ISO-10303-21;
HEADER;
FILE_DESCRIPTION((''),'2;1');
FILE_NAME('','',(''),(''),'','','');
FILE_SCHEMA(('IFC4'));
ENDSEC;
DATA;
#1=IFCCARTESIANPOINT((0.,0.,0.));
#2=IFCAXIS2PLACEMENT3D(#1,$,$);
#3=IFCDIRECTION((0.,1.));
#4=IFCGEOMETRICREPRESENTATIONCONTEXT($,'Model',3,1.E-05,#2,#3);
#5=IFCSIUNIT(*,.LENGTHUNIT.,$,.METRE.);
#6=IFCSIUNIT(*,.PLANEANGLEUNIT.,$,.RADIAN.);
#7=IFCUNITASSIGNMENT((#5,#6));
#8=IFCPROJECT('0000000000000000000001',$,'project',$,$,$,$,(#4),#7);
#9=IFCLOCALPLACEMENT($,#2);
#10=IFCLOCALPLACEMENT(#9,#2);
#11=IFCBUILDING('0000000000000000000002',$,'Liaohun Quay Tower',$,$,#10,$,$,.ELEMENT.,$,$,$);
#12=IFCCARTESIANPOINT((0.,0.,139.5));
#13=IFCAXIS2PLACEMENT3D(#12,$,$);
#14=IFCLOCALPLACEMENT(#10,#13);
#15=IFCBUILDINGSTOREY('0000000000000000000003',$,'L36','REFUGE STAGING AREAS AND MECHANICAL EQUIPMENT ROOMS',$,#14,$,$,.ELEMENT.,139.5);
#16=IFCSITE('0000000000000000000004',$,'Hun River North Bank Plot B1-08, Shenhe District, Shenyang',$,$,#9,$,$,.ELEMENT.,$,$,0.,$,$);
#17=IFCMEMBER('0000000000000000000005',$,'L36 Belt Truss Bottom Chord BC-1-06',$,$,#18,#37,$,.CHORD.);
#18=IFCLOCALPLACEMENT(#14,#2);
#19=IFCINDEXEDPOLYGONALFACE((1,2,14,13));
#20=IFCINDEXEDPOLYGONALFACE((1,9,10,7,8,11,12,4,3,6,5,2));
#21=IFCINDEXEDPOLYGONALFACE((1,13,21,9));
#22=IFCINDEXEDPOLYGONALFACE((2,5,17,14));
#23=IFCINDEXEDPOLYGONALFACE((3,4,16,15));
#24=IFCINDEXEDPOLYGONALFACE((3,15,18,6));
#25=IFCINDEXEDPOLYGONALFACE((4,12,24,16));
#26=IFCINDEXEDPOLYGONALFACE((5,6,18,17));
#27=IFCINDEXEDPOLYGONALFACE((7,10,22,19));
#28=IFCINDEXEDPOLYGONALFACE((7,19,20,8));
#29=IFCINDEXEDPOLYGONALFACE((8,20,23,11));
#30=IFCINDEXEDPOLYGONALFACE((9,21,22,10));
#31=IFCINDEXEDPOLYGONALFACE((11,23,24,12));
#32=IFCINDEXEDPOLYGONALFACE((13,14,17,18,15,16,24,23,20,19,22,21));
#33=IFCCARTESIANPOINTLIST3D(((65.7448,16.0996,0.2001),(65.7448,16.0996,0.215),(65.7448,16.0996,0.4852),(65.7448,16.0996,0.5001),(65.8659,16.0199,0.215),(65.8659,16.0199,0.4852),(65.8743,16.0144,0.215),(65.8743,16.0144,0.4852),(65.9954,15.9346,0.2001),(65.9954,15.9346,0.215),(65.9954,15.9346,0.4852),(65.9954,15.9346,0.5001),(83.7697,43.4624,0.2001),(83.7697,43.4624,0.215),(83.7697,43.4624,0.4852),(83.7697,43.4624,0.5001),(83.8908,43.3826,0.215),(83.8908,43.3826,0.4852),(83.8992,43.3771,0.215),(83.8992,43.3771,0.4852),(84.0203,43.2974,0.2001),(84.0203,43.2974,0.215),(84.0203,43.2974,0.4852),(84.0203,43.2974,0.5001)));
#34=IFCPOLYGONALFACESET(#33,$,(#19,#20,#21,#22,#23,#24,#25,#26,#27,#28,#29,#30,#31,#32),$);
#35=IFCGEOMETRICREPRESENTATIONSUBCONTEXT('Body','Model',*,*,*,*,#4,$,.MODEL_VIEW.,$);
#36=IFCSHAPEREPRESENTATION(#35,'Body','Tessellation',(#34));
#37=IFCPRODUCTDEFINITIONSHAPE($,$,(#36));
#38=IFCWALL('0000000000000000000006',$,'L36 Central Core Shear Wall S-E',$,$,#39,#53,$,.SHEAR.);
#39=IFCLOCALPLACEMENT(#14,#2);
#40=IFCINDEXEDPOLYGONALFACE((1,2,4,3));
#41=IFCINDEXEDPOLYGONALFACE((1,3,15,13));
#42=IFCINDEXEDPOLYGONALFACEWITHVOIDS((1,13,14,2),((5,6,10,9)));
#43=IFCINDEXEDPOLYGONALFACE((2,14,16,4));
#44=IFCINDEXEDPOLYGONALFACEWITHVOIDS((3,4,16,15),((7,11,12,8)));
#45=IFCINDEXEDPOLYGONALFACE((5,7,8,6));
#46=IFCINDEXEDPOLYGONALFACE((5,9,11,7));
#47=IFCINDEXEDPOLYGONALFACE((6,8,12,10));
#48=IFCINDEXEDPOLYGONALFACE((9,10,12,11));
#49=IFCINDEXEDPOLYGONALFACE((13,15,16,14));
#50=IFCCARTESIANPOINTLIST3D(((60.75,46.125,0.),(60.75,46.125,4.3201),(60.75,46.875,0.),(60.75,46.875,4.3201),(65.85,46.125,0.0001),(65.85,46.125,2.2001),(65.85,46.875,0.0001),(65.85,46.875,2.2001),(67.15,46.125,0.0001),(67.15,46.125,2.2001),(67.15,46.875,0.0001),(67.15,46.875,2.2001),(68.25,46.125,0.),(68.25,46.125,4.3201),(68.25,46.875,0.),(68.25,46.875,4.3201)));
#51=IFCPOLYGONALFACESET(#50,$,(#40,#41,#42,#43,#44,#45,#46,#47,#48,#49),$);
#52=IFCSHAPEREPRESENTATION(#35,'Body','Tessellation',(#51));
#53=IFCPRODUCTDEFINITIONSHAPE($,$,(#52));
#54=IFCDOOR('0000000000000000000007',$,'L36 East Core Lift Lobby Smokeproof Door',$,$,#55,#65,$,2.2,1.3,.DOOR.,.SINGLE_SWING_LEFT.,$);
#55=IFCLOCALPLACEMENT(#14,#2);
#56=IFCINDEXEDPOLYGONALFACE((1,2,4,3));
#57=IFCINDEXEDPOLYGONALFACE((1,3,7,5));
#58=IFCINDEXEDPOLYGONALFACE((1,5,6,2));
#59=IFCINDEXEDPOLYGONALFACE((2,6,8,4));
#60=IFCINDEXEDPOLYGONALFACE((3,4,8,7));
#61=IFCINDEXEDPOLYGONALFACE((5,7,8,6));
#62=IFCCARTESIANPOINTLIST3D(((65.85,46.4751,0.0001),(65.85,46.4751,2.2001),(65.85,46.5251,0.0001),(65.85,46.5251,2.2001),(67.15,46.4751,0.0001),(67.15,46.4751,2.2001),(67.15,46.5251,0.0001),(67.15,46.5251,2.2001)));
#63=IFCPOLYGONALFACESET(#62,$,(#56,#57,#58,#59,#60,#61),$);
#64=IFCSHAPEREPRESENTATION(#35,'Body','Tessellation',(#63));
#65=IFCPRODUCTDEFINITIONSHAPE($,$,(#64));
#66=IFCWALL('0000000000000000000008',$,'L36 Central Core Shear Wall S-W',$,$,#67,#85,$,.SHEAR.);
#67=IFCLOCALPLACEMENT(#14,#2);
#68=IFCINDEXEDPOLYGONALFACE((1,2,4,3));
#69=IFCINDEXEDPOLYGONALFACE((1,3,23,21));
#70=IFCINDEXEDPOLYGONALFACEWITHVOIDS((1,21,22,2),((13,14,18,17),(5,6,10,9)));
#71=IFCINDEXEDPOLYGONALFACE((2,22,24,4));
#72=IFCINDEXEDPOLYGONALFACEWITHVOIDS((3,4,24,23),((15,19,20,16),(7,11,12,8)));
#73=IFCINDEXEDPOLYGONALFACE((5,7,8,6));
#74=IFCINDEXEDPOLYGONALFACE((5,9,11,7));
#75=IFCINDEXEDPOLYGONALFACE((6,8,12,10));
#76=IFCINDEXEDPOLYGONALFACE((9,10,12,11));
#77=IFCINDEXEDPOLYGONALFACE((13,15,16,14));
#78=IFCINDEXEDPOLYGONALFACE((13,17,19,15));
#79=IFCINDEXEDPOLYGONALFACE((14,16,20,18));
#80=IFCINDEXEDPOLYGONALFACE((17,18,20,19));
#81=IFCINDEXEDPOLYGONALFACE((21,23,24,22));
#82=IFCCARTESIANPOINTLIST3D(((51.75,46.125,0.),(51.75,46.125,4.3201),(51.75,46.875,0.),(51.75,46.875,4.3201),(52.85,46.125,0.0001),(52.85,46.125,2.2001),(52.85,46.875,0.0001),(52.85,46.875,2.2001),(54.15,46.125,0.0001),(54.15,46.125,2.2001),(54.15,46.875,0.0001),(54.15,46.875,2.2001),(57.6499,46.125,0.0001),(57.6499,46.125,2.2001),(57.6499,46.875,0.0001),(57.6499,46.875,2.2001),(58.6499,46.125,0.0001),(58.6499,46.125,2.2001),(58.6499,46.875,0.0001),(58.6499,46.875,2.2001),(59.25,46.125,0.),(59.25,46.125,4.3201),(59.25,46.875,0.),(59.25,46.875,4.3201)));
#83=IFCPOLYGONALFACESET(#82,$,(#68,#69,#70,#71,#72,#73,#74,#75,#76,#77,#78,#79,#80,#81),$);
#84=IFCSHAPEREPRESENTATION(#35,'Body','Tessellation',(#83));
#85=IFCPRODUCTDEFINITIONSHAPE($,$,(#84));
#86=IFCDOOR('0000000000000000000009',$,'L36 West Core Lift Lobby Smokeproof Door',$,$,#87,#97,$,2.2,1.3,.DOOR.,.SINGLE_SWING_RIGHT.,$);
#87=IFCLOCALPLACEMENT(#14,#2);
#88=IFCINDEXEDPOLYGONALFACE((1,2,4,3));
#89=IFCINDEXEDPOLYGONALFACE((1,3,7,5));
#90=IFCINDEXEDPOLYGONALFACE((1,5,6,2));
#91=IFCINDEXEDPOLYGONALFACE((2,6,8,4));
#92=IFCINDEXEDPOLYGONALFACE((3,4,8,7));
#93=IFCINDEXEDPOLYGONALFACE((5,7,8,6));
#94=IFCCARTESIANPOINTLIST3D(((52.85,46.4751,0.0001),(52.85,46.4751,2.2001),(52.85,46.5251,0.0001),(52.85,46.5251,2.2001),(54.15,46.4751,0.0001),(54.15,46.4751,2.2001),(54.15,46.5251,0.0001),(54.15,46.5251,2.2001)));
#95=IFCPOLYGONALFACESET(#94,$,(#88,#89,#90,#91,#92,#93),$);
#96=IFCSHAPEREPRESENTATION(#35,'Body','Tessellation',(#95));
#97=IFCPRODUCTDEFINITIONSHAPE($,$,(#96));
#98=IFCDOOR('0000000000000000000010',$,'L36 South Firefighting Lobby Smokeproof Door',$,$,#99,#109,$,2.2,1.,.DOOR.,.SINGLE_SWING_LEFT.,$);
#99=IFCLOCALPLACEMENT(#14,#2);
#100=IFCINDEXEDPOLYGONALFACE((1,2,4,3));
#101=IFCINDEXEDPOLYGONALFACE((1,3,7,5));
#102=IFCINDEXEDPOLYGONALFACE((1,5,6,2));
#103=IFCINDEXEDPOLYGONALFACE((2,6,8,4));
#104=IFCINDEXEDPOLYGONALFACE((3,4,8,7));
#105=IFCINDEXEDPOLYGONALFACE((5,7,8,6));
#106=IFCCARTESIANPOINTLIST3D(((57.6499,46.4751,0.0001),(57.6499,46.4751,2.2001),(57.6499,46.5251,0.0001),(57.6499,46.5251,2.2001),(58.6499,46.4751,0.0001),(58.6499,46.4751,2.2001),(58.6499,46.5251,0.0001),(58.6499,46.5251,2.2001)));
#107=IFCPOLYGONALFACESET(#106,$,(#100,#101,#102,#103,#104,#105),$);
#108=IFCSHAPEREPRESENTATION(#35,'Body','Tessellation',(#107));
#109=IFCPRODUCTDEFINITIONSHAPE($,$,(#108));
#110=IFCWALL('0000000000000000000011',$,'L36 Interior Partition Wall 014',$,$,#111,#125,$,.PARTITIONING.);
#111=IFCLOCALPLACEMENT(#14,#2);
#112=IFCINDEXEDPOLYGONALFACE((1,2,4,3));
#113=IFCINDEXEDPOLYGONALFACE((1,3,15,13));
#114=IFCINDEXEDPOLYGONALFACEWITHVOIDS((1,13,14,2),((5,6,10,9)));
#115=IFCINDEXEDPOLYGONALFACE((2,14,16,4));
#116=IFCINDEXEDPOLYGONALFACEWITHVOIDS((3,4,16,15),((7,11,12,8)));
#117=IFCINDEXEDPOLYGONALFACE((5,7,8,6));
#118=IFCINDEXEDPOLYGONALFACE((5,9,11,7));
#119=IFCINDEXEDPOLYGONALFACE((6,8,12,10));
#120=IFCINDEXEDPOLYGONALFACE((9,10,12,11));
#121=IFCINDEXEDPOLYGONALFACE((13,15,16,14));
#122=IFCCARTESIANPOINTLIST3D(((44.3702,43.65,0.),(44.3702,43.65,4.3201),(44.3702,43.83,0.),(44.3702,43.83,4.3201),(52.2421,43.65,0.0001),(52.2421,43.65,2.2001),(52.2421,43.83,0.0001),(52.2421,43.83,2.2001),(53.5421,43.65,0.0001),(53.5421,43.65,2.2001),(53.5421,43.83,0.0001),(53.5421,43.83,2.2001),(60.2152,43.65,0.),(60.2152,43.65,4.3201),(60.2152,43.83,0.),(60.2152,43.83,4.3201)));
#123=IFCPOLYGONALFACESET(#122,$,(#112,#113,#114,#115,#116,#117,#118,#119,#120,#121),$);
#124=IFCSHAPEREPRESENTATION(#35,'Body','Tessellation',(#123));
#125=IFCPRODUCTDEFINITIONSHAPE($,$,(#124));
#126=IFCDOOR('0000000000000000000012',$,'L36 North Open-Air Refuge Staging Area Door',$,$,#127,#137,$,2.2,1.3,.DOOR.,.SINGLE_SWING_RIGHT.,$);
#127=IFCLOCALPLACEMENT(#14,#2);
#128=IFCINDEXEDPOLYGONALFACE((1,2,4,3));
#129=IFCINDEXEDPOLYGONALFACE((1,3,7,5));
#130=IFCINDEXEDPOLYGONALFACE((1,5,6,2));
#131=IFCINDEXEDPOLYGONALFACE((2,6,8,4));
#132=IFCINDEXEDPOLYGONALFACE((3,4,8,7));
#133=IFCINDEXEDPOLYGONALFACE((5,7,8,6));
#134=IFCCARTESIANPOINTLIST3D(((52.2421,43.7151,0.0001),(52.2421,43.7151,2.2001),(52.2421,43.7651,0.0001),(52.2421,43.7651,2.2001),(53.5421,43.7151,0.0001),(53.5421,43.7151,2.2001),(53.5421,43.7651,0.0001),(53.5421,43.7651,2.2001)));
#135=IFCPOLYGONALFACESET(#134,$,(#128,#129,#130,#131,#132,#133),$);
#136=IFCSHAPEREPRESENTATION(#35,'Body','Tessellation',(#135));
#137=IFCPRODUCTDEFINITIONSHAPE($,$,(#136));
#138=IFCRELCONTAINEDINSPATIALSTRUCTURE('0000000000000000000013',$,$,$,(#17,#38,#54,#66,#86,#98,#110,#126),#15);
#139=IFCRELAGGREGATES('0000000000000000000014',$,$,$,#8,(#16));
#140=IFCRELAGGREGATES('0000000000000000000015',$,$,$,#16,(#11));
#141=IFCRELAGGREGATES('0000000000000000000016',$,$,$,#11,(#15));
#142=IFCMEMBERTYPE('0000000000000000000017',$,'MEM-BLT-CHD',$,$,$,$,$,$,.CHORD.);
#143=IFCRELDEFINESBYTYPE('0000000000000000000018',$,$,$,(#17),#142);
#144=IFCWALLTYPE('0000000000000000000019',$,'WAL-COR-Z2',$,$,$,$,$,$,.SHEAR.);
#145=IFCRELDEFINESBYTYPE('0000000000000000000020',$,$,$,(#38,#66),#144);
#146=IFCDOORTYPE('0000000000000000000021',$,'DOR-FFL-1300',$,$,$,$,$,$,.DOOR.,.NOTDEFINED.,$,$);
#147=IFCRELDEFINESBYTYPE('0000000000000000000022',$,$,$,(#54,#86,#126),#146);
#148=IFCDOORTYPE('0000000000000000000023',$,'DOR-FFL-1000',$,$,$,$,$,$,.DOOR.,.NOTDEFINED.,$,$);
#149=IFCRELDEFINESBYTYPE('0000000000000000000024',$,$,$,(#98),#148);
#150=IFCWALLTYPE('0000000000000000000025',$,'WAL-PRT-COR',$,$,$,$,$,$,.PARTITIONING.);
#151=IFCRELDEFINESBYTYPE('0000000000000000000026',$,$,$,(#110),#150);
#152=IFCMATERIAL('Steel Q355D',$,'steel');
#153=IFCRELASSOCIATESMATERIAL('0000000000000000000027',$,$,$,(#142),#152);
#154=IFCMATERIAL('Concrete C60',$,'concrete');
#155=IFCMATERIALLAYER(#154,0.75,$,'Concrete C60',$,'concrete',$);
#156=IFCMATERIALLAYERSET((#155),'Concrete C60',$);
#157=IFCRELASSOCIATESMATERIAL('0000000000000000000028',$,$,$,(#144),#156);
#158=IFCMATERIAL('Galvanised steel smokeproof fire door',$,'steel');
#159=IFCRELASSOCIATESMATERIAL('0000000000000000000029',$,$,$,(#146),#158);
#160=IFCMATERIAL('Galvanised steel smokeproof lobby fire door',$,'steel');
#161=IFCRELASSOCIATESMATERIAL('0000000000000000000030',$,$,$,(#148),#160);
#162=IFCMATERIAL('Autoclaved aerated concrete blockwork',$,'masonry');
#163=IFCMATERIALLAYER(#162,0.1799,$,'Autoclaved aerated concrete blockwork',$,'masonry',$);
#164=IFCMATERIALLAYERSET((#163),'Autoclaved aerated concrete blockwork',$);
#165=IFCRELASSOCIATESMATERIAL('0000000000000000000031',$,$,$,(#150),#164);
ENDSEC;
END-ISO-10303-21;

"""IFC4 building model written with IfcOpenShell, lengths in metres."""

from ifc_helpers import new_model, si_unit, direction, frame, frame_2d, origin, origin_2d, place, context, subcontext, project, spatial, rectangle, i_section, extrude, source, transform, mapped, material, layer, layer_set, material_profile, profile_set, type_object, element, fill, save


model = new_model("IFC4")

# Units and contexts
model_context = context("Model", 3, precision=1e-05, world=origin(), true_north=direction((0.0, 1.0)))
body_context = subcontext(model_context, "Body", "Model", "MODEL_VIEW")
ifc_project = project(units=[si_unit("LENGTHUNIT", "METRE"), si_unit("PLANEANGLEUNIT", "RADIAN")], contexts=[model_context])

# Site, building, storey
site_placement = place(None, origin())
site = spatial("IfcSite", under=ifc_project, at=site_placement, Name="Hun River North Bank Plot B1-08, Shenhe District, Shenyang", CompositionType="ELEMENT", RefElevation=0.0)
building_placement = place(site_placement, origin())
building = spatial("IfcBuilding", under=site, at=building_placement, Name="Liaohun Quay Tower", CompositionType="ELEMENT")
storey_placement = place(building_placement, frame((0.0, 0.0, 139.5)))
storey = spatial("IfcBuildingStorey", under=building, at=storey_placement, Name="L36", Description="REFUGE STAGING AREAS AND MECHANICAL EQUIPMENT ROOMS", CompositionType="ELEMENT", Elevation=139.5)

# Shared definitions
ifc_material_1 = material(Name="Concrete C60", Category="concrete")

# Shared definitions
ifc_material_2 = material(Name="Steel Q355D", Category="steel")

# Member
ifc_material_profile_1 = material_profile(ifc_material_2, i_section(OverallWidth=0.3, OverallDepth=0.3, WebThickness=0.01, FlangeThickness=0.0149, at=origin_2d()), Name="HW300x300x10x15")
ifc_profile_set_1 = profile_set([ifc_material_profile_1], Name="Steel Q355D")
member_type = type_object("IfcMemberType", Name="MEM-BLT-CHD", PredefinedType="CHORD", material=ifc_profile_set_1)
shared_shape_1 = source(origin(), body_context, "Body", "SweptSolid", [
    extrude(i_section(OverallWidth=0.3, OverallDepth=0.3, WebThickness=0.01, FlangeThickness=0.0149, at=origin_2d()), origin(), (0.0, 0.0, 1.0), 32.7661),
])
member_placement = place(storey_placement, frame((83.895, 43.3799, 0.3501), z_axis=(-0.550108, -0.835094, 0.0), x_axis=(0.835094, -0.550108, 0.0)))
element("IfcMember", 1, at=member_placement, inside=storey, type_object=member_type, Name="L36 Belt Truss Bottom Chord BC-1-06", PredefinedType="CHORD", context=body_context, shape_type="MappedRepresentation", body=[
    mapped(shared_shape_1, transform((0.0, 0.0, 0.0), x_axis=(1.0, 0.0, 0.0), y_axis=(0.0, 1.0, 0.0), z_axis=(0.0, 0.0, 1.0), scale=1.0)),
])

# Wall, opening, door
ifc_layer_1 = layer(ifc_material_1, 0.75, Name="Concrete C60", Category="concrete")
ifc_layer_set_1 = layer_set([ifc_layer_1], Name="Concrete C60")
wall_type_1 = type_object("IfcWallType", Name="WAL-COR-Z2", PredefinedType="SHEAR", material=ifc_layer_set_1)
wall_1_placement = place(storey_placement, frame((68.25, 46.5, 0.0), z_axis=(0.0, 0.0, 1.0), x_axis=(-1.0, 0.0, 0.0)))
wall_1 = element("IfcWall", 2, at=wall_1_placement, inside=storey, type_object=wall_type_1, Name="L36 Central Core Shear Wall S-E", PredefinedType="SHEAR", context=body_context, shape_type="SweptSolid", body=[
    extrude(rectangle(XDim=7.5, YDim=0.75, at=frame_2d((3.75, 0.0))), origin(), (0.0, 0.0, 1.0), 4.3201),
])
shared_shape_2 = source(origin(), body_context, "Body", "SweptSolid", [
    extrude(rectangle(XDim=1.3, YDim=2.2, at=frame_2d((0.6499, 1.1001))), frame((0.0, 0.385, 0.0), z_axis=(0.0, -1.0, 0.0), x_axis=(1.0, 0.0, 0.0)), (0.0, 0.0, 1.0), 0.77),
])
opening_1_placement = place(wall_1_placement, frame((1.1001, 0.0, 0.0)))
opening_1 = element("IfcOpeningElement", 3, at=opening_1_placement, cuts=wall_1, PredefinedType="OPENING", context=body_context, shape_type="MappedRepresentation", body=[
    mapped(shared_shape_2, transform((0.0, 0.0, 0.0), x_axis=(1.0, 0.0, 0.0), y_axis=(0.0, 1.0, 0.0), z_axis=(0.0, 0.0, 1.0), scale=1.0)),
])
ifc_material_3 = material(Name="Galvanised steel smokeproof fire door", Category="steel")
door_type_1 = type_object("IfcDoorType", Name="DOR-FFL-1300", OperationType="NOTDEFINED", PredefinedType="DOOR", material=ifc_material_3)
shared_shape_3 = source(origin(), body_context, "Body", "SweptSolid", [
    extrude(rectangle(XDim=1.3, YDim=2.2, at=frame_2d((0.6499, 1.1001))), frame((0.0, 0.0249, 0.0), z_axis=(0.0, -1.0, 0.0), x_axis=(1.0, 0.0, 0.0)), (0.0, 0.0, 1.0), 0.05),
])
door_1_placement = place(opening_1_placement, origin())
door_1 = element("IfcDoor", 4, at=door_1_placement, inside=storey, type_object=door_type_1, Name="L36 East Core Lift Lobby Smokeproof Door", OperationType="SINGLE_SWING_LEFT", OverallHeight=2.2, OverallWidth=1.3, PredefinedType="DOOR", context=body_context, shape_type="MappedRepresentation", body=[
    mapped(shared_shape_3, transform((0.0, 0.0, 0.0), x_axis=(1.0, 0.0, 0.0), y_axis=(0.0, 1.0, 0.0), z_axis=(0.0, 0.0, 1.0), scale=1.0)),
])
fill(opening_1, door_1)

# Wall, openings, doors
wall_2_placement = place(storey_placement, frame((59.25, 46.5, 0.0), z_axis=(0.0, 0.0, 1.0), x_axis=(-1.0, 0.0, 0.0)))
wall_2 = element("IfcWall", 5, at=wall_2_placement, inside=storey, type_object=wall_type_1, Name="L36 Central Core Shear Wall S-W", PredefinedType="SHEAR", context=body_context, shape_type="SweptSolid", body=[
    extrude(rectangle(XDim=7.5, YDim=0.75, at=frame_2d((3.75, 0.0))), origin(), (0.0, 0.0, 1.0), 4.3201),
])
opening_2_placement = place(wall_2_placement, frame((5.1001, 0.0, 0.0)))
opening_2 = element("IfcOpeningElement", 6, at=opening_2_placement, cuts=wall_2, PredefinedType="OPENING", context=body_context, shape_type="MappedRepresentation", body=[
    mapped(shared_shape_2, transform((0.0, 0.0, 0.0), x_axis=(1.0, 0.0, 0.0), y_axis=(0.0, 1.0, 0.0), z_axis=(0.0, 0.0, 1.0), scale=1.0)),
])
shared_shape_4 = source(origin(), body_context, "Body", "SweptSolid", [
    extrude(rectangle(XDim=1.0, YDim=2.2, at=frame_2d((0.5, 1.1001))), frame((0.0, 0.385, 0.0), z_axis=(0.0, -1.0, 0.0), x_axis=(1.0, 0.0, 0.0)), (0.0, 0.0, 1.0), 0.77),
])
opening_3_placement = place(wall_2_placement, frame((0.6001, 0.0, 0.0)))
opening_3 = element("IfcOpeningElement", 7, at=opening_3_placement, cuts=wall_2, PredefinedType="OPENING", context=body_context, shape_type="MappedRepresentation", body=[
    mapped(shared_shape_4, transform((0.0, 0.0, 0.0), x_axis=(1.0, 0.0, 0.0), y_axis=(0.0, 1.0, 0.0), z_axis=(0.0, 0.0, 1.0), scale=1.0)),
])
door_2_placement = place(opening_2_placement, origin())
door_2 = element("IfcDoor", 8, at=door_2_placement, inside=storey, type_object=door_type_1, Name="L36 West Core Lift Lobby Smokeproof Door", OperationType="SINGLE_SWING_RIGHT", OverallHeight=2.2, OverallWidth=1.3, PredefinedType="DOOR", context=body_context, shape_type="MappedRepresentation", body=[
    mapped(shared_shape_3, transform((0.0, 0.0, 0.0), x_axis=(1.0, 0.0, 0.0), y_axis=(0.0, 1.0, 0.0), z_axis=(0.0, 0.0, 1.0), scale=1.0)),
])
fill(opening_2, door_2)
ifc_material_4 = material(Name="Galvanised steel smokeproof lobby fire door", Category="steel")
door_type_2 = type_object("IfcDoorType", Name="DOR-FFL-1000", OperationType="NOTDEFINED", PredefinedType="DOOR", material=ifc_material_4)
shared_shape_5 = source(origin(), body_context, "Body", "SweptSolid", [
    extrude(rectangle(XDim=1.0, YDim=2.2, at=frame_2d((0.5, 1.1001))), frame((0.0, 0.0249, 0.0), z_axis=(0.0, -1.0, 0.0), x_axis=(1.0, 0.0, 0.0)), (0.0, 0.0, 1.0), 0.05),
])
door_3_placement = place(opening_3_placement, origin())
door_3 = element("IfcDoor", 9, at=door_3_placement, inside=storey, type_object=door_type_2, Name="L36 South Firefighting Lobby Smokeproof Door", OperationType="SINGLE_SWING_LEFT", OverallHeight=2.2, OverallWidth=1.0, PredefinedType="DOOR", context=body_context, shape_type="MappedRepresentation", body=[
    mapped(shared_shape_5, transform((0.0, 0.0, 0.0), x_axis=(1.0, 0.0, 0.0), y_axis=(0.0, 1.0, 0.0), z_axis=(0.0, 0.0, 1.0), scale=1.0)),
])
fill(opening_3, door_3)

# Wall, opening, door
ifc_material_5 = material(Name="Autoclaved aerated concrete blockwork", Category="masonry")
ifc_layer_2 = layer(ifc_material_5, 0.1799, Name="Autoclaved aerated concrete blockwork", Category="masonry")
ifc_layer_set_2 = layer_set([ifc_layer_2], Name="Autoclaved aerated concrete blockwork")
wall_type_2 = type_object("IfcWallType", Name="WAL-PRT-COR", PredefinedType="PARTITIONING", material=ifc_layer_set_2)
wall_3_placement = place(storey_placement, frame((60.2151, 43.74, 0.0), z_axis=(0.0, 0.0, 1.0), x_axis=(-1.0, 0.0, 0.0)))
wall_3 = element("IfcWall", 10, at=wall_3_placement, inside=storey, type_object=wall_type_2, Name="L36 Interior Partition Wall 014", PredefinedType="PARTITIONING", context=body_context, shape_type="SweptSolid", body=[
    extrude(rectangle(XDim=15.845, YDim=0.1799, at=frame_2d((7.9224, 0.0))), origin(), (0.0, 0.0, 1.0), 4.3201),
])
shared_shape_6 = source(origin(), body_context, "Body", "SweptSolid", [
    extrude(rectangle(XDim=1.3, YDim=2.2, at=frame_2d((0.6499, 1.1001))), frame((0.0, 0.0999, 0.0), z_axis=(0.0, -1.0, 0.0), x_axis=(1.0, 0.0, 0.0)), (0.0, 0.0, 1.0), 0.2),
])
opening_4_placement = place(wall_3_placement, frame((6.6731, 0.0, 0.0)))
opening_4 = element("IfcOpeningElement", 11, at=opening_4_placement, cuts=wall_3, PredefinedType="OPENING", context=body_context, shape_type="MappedRepresentation", body=[
    mapped(shared_shape_6, transform((0.0, 0.0, 0.0), x_axis=(1.0, 0.0, 0.0), y_axis=(0.0, 1.0, 0.0), z_axis=(0.0, 0.0, 1.0), scale=1.0)),
])
door_4_placement = place(opening_4_placement, origin())
door_4 = element("IfcDoor", 12, at=door_4_placement, inside=storey, type_object=door_type_1, Name="L36 North Open-Air Refuge Staging Area Door", OperationType="SINGLE_SWING_RIGHT", OverallHeight=2.2, OverallWidth=1.3, PredefinedType="DOOR", context=body_context, shape_type="MappedRepresentation", body=[
    mapped(shared_shape_3, transform((0.0, 0.0, 0.0), x_axis=(1.0, 0.0, 0.0), y_axis=(0.0, 1.0, 0.0), z_axis=(0.0, 0.0, 1.0), scale=1.0)),
])
fill(opening_4, door_4)

save(model, "model.ifc")
